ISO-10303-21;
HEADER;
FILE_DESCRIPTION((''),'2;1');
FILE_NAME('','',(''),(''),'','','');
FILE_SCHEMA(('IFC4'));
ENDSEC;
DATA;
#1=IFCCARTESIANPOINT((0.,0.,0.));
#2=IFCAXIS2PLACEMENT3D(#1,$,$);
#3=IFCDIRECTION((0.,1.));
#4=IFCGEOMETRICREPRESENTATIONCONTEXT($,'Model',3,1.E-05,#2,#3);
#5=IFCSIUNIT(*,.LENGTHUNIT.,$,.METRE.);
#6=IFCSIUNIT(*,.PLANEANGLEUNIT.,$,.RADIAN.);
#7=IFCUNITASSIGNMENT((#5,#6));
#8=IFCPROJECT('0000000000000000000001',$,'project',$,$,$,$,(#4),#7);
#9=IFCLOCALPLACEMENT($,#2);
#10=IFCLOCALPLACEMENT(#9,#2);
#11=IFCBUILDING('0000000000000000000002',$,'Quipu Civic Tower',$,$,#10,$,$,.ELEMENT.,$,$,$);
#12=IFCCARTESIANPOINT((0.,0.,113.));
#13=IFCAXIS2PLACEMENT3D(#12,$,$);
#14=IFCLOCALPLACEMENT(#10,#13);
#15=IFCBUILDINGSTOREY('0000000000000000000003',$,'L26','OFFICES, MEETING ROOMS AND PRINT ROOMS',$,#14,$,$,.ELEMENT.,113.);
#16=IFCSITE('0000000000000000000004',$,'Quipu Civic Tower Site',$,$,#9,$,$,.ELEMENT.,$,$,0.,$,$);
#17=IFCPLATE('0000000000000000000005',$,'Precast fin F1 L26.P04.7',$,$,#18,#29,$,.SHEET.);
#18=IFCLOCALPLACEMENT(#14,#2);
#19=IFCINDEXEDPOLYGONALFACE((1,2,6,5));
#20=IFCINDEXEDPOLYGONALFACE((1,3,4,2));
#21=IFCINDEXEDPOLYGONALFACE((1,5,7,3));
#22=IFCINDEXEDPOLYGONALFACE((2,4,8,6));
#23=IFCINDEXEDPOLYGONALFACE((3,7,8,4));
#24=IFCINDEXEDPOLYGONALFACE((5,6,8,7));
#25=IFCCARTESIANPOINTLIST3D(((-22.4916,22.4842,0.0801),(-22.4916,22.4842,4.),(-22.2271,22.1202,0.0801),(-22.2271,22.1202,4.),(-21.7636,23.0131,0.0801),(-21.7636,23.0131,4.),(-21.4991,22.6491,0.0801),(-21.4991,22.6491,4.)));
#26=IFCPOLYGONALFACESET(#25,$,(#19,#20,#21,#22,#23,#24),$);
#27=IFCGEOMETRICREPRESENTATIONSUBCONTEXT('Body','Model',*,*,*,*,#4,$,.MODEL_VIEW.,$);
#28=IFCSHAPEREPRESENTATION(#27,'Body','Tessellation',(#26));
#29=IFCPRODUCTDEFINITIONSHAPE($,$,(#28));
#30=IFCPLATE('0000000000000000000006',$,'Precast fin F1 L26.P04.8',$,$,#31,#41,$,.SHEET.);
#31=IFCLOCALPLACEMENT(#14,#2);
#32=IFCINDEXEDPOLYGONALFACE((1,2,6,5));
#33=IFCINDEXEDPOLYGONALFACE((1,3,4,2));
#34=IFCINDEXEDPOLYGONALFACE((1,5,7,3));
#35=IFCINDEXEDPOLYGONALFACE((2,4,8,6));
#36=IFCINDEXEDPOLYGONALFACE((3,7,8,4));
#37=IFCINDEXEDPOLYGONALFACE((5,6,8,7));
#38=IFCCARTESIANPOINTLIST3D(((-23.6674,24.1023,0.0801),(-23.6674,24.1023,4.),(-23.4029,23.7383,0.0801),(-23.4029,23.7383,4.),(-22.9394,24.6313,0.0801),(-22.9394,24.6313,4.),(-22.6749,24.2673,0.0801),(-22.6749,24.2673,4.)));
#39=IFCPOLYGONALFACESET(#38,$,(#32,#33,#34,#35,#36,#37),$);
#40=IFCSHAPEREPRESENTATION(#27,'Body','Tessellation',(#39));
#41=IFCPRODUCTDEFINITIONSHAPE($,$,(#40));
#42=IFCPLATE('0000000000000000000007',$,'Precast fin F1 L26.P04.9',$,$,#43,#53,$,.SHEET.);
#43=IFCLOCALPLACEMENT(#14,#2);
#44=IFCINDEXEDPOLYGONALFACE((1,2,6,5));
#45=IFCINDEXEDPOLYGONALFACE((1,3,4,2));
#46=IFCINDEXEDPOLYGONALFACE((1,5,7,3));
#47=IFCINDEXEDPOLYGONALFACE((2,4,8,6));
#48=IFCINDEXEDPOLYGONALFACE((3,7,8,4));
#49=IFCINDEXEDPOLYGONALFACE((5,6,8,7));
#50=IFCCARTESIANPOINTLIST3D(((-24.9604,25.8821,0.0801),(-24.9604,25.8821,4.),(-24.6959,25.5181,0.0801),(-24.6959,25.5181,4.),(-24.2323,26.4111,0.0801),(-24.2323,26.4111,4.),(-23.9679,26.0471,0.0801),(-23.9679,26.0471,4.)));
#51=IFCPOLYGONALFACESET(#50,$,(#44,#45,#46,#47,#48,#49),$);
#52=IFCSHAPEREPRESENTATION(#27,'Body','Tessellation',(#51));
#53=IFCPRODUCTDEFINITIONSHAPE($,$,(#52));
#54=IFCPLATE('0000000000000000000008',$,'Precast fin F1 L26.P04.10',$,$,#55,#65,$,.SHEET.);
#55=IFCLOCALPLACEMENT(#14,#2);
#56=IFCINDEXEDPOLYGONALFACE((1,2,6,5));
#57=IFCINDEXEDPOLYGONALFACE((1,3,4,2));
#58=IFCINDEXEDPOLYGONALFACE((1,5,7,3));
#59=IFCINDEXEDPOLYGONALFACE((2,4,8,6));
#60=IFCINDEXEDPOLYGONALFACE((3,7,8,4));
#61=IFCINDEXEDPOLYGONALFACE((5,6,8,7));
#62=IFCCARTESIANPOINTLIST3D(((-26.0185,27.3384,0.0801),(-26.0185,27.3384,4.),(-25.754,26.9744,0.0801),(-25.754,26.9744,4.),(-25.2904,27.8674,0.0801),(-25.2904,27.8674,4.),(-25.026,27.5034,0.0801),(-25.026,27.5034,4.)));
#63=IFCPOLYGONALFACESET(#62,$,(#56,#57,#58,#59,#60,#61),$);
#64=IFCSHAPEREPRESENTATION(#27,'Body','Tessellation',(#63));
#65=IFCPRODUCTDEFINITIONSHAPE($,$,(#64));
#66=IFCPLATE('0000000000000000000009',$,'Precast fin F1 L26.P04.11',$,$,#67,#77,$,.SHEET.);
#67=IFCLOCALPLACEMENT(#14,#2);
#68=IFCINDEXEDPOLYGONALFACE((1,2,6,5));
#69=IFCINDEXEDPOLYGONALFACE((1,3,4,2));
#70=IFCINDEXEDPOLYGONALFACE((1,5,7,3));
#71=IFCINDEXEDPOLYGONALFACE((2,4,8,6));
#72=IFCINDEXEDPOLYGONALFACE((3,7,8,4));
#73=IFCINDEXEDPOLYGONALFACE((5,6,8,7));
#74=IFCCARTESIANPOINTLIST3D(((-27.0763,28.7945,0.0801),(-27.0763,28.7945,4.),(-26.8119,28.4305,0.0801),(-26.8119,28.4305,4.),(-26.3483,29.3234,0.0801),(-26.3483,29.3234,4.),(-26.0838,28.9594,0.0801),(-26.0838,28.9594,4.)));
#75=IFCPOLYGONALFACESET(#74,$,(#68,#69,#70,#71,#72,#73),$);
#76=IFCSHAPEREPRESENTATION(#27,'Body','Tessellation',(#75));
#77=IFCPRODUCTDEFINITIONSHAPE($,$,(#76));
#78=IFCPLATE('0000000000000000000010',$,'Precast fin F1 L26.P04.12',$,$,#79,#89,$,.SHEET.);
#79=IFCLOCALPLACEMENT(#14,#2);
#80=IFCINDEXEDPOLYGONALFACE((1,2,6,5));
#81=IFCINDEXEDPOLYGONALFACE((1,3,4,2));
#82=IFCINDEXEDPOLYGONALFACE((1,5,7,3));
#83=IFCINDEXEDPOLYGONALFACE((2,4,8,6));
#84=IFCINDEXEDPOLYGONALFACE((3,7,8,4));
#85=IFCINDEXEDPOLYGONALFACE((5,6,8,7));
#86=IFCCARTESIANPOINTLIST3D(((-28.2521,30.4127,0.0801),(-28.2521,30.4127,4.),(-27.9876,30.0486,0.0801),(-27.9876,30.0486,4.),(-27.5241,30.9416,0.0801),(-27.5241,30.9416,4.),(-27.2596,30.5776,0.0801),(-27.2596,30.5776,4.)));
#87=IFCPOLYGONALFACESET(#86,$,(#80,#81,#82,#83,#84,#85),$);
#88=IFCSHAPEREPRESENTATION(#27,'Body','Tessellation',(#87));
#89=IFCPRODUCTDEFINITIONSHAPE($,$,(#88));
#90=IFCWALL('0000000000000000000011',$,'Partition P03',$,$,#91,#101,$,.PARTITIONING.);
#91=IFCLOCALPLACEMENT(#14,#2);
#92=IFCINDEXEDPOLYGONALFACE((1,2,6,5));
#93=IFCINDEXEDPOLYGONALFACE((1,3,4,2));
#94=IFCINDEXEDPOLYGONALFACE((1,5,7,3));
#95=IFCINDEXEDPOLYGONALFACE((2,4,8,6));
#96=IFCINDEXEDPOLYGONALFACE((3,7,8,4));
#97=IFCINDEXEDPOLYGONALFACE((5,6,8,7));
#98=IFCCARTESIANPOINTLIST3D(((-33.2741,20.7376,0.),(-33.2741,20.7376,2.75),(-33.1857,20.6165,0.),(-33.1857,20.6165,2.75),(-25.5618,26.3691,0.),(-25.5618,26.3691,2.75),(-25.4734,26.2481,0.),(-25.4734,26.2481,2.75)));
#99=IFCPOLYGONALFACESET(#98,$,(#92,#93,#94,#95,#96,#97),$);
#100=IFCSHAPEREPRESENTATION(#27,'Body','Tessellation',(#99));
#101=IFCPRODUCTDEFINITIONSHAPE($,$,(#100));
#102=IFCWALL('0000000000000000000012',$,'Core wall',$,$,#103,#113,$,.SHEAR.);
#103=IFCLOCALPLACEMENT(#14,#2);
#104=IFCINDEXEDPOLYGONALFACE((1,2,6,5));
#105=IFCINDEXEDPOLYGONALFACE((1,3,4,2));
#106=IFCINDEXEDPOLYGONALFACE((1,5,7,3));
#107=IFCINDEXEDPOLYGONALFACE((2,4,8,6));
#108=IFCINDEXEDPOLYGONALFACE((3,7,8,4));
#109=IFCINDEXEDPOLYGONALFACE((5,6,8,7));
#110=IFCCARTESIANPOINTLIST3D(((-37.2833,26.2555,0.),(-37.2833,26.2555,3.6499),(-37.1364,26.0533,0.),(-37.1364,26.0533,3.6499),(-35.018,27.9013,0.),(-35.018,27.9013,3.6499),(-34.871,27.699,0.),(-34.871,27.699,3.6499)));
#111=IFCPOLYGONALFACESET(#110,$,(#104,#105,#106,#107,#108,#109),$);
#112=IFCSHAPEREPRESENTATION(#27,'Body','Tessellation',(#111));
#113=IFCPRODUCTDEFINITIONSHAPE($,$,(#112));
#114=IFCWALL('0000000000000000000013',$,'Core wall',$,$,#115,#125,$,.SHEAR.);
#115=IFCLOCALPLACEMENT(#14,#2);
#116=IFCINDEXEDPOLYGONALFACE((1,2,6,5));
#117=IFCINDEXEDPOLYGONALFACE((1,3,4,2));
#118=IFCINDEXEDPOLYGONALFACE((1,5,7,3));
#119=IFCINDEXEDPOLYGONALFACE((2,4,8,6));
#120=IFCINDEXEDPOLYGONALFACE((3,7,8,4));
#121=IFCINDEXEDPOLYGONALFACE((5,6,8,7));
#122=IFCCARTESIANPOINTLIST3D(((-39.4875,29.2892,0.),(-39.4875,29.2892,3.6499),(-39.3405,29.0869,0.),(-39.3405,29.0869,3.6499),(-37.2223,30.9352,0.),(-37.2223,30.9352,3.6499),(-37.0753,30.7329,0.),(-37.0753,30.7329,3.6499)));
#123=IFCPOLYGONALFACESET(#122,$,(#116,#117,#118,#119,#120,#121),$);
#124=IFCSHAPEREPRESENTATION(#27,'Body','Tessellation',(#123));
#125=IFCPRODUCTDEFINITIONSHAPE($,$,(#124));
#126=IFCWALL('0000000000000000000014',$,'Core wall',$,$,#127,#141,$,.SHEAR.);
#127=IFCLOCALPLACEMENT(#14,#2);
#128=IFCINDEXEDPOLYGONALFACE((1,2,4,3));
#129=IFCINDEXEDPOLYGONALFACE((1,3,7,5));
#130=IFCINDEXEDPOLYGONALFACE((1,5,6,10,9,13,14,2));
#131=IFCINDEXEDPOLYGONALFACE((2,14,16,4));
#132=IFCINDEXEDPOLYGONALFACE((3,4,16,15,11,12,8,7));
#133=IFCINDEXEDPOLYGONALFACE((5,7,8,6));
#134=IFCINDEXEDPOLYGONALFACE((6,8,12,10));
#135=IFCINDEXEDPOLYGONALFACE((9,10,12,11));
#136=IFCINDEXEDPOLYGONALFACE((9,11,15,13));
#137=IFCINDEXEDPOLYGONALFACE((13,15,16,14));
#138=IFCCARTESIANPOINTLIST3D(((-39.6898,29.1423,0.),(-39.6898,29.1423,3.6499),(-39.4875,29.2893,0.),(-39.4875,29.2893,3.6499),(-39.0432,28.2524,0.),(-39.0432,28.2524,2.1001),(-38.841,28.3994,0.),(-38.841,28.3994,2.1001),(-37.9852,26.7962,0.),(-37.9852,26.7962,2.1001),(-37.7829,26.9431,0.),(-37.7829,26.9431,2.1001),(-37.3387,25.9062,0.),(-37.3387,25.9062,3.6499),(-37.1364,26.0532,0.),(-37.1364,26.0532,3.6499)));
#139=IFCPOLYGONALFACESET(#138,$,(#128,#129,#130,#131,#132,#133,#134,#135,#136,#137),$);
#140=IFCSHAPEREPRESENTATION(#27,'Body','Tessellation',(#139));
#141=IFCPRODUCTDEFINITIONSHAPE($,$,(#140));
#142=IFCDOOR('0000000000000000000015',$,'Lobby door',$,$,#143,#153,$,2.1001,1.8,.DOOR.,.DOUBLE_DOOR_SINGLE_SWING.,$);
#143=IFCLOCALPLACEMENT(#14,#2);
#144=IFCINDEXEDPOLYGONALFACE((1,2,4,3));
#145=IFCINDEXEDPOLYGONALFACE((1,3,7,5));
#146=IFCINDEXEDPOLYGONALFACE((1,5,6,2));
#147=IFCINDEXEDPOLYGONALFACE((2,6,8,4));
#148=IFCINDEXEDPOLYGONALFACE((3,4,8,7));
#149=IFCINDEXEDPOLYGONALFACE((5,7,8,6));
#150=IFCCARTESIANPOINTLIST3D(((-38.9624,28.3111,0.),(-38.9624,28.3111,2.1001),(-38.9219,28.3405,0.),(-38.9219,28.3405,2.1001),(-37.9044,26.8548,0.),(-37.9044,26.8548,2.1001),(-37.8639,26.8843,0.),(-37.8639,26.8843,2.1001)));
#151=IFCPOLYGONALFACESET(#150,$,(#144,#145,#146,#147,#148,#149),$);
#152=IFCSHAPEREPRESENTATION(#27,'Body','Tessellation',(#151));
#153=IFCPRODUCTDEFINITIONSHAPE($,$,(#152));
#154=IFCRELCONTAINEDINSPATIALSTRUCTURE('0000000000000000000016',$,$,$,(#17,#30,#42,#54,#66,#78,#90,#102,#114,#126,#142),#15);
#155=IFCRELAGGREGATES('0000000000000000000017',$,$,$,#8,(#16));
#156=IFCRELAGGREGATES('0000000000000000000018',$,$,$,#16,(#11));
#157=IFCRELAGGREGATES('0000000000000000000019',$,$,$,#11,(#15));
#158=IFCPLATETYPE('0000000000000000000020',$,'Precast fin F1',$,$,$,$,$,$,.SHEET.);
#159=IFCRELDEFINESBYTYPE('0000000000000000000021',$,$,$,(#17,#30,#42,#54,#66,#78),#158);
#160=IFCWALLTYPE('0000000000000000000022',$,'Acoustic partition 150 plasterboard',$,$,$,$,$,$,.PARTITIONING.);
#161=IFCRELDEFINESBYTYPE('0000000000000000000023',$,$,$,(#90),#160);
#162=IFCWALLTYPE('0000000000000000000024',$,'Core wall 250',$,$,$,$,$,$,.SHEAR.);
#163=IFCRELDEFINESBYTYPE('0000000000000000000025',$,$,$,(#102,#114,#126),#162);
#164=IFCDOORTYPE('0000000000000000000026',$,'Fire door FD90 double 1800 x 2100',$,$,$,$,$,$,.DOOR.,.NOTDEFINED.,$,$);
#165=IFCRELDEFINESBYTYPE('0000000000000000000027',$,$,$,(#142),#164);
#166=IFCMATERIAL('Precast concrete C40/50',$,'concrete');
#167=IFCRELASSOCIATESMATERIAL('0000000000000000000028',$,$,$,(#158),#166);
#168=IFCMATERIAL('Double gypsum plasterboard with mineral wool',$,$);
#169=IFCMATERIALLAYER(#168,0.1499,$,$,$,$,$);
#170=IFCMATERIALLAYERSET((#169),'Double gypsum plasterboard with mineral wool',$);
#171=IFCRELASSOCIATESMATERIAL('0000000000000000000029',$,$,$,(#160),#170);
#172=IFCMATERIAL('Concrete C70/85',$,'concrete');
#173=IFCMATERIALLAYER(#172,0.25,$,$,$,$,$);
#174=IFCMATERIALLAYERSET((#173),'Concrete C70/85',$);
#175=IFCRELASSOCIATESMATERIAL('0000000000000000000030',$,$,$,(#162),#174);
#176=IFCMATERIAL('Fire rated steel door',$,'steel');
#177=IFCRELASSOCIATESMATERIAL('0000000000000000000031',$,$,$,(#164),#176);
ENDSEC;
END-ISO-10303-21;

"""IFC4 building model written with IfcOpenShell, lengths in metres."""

from ifc_helpers import new_model, si_unit, direction, frame, frame_2d, origin, origin_2d, place, context, subcontext, project, spatial, rectangle, extrude, material, layer, layer_set, type_object, element, fill, save


model = new_model("IFC4")

# Units and contexts
model_context = context("Model", 3, precision=1e-05, world=origin(), true_north=direction((0.0, 1.0)))
body_context = subcontext(model_context, "Body", "Model", "MODEL_VIEW")
ifc_project = project(units=[si_unit("LENGTHUNIT", "METRE"), si_unit("PLANEANGLEUNIT", "RADIAN")], contexts=[model_context])

# Site, building, storey
site_placement = place(None, origin())
site = spatial("IfcSite", under=ifc_project, at=site_placement, Name="Quipu Civic Tower Site", CompositionType="ELEMENT", RefElevation=0.0)
building_placement = place(site_placement, origin())
building = spatial("IfcBuilding", under=site, at=building_placement, Name="Quipu Civic Tower", CompositionType="ELEMENT")
storey_placement = place(building_placement, frame((0.0, 0.0, 113.0)))
storey = spatial("IfcBuildingStorey", under=building, at=storey_placement, Name="L26", Description="OFFICES, MEETING ROOMS AND PRINT ROOMS", CompositionType="ELEMENT", Elevation=113.0)

# Plates
ifc_material_1 = material(Name="Precast concrete C40/50", Category="concrete")
plate_type_1 = type_object("IfcPlateType", Name="Precast fin F1", PredefinedType="SHEET", material=ifc_material_1)
for number, where, z_axis, x_axis, name in (
    (1, (-21.9954, 22.5667, 0.0801), (0.0, 0.0, 1.0), (-0.587785, 0.809017, 0.0), "Precast fin F1 L26.P04.7"),
    (2, (-23.1711, 24.1848, 0.0801), (0.0, 0.0, 1.0), (-0.587785, 0.809017, 0.0), "Precast fin F1 L26.P04.8"),
    (3, (-24.4641, 25.9646, 0.0801), (0.0, 0.0, 1.0), (-0.587785, 0.809017, 0.0), "Precast fin F1 L26.P04.9"),
    (4, (-25.5222, 27.4209, 0.0801), (0.0, 0.0, 1.0), (-0.587785, 0.809017, 0.0), "Precast fin F1 L26.P04.10"),
    (5, (-26.5801, 28.877, 0.0801), (0.0, 0.0, 1.0), (-0.587785, 0.809017, 0.0), "Precast fin F1 L26.P04.11"),
    (6, (-27.7559, 30.4951, 0.0801), (0.0, 0.0, 1.0), (-0.587785, 0.809017, 0.0), "Precast fin F1 L26.P04.12"),
):
    element("IfcPlate", number, at=place(storey_placement, frame(where, z_axis=z_axis, x_axis=x_axis)), inside=storey, type_object=plate_type_1, Name=name, PredefinedType="SHEET", context=body_context, shape_type="SweptSolid", body=[
        extrude(rectangle(XDim=0.45, YDim=0.8999, at=origin_2d()), origin(), (0.0, 0.0, 1.0), 3.9199),
    ])

# Walls
ifc_material_2 = material(Name="Double gypsum plasterboard with mineral wool")
ifc_layer_1 = layer(ifc_material_2, 0.1499)
ifc_layer_set_1 = layer_set([ifc_layer_1], Name="Double gypsum plasterboard with mineral wool")
wall_type_1 = type_object("IfcWallType", Name="Acoustic partition 150 plasterboard", PredefinedType="PARTITIONING", material=ifc_layer_set_1)
wall_1_placement = place(storey_placement, frame((-33.23, 20.677, 0.0), z_axis=(0.0, 0.0, 1.0), x_axis=(0.80761, 0.589717, 0.0)))
element("IfcWall", 7, at=wall_1_placement, inside=storey, type_object=wall_type_1, Name="Partition P03", PredefinedType="PARTITIONING", context=body_context, shape_type="SweptSolid", body=[
    extrude(rectangle(XDim=9.5496, YDim=0.1499, at=frame_2d((4.7749, 0.0))), origin(), (0.0, 0.0, 1.0), 2.75),
])
ifc_material_3 = material(Name="Concrete C70/85", Category="concrete")
ifc_layer_2 = layer(ifc_material_3, 0.25)
ifc_layer_set_2 = layer_set([ifc_layer_2], Name="Concrete C70/85")
wall_type_2 = type_object("IfcWallType", Name="Core wall 250", PredefinedType="SHEAR", material=ifc_layer_set_2)
for number, where, z_axis, x_axis, name in (
    (8, (-34.9446, 27.8, 0.0), (0.0, 0.0, 1.0), (-0.809041, -0.587752, 0.0), "Core wall"),
    (9, (-37.1489, 30.834, 0.0), (0.0, 0.0, 1.0), (-0.80897, -0.58785, 0.0), "Core wall"),
):
    element("IfcWall", number, at=place(storey_placement, frame(where, z_axis=z_axis, x_axis=x_axis)), inside=storey, type_object=wall_type_2, Name=name, PredefinedType="SHEAR", context=body_context, shape_type="SweptSolid", body=[
        extrude(rectangle(XDim=2.8, YDim=0.25, at=frame_2d((1.3999, 0.0))), origin(), (0.0, 0.0, 1.0), 3.6499),
    ])

# Wall, opening, door
wall_2_placement = place(storey_placement, frame((-39.5886, 29.2158, 0.0), z_axis=(0.0, 0.0, 1.0), x_axis=(0.587772, -0.809026, 0.0)))
wall_2 = element("IfcWall", 10, at=wall_2_placement, inside=storey, type_object=wall_type_2, Name="Core wall", PredefinedType="SHEAR", context=body_context, shape_type="SweptSolid", body=[
    extrude(rectangle(XDim=4.0, YDim=0.25, at=frame_2d((2.0, 0.0))), origin(), (0.0, 0.0, 1.0), 3.6499),
])
opening_1_placement = place(wall_2_placement, frame((1.1001, 0.0, 0.0)))
opening_1 = element("IfcOpeningElement", 11, at=opening_1_placement, cuts=wall_2, PredefinedType="OPENING", context=body_context, shape_type="SweptSolid", body=[
    extrude(rectangle(XDim=1.8, YDim=2.1001, at=frame_2d((0.8999, 1.05))), frame((0.0, 0.135, 0.0), z_axis=(0.0, -1.0, 0.0), x_axis=(1.0, 0.0, 0.0)), (0.0, 0.0, 1.0), 0.27),
])
ifc_material_4 = material(Name="Fire rated steel door", Category="steel")
door_type_1 = type_object("IfcDoorType", Name="Fire door FD90 double 1800 x 2100", OperationType="NOTDEFINED", PredefinedType="DOOR", material=ifc_material_4)
door_1_placement = place(opening_1_placement, origin())
door_1 = element("IfcDoor", 12, at=door_1_placement, inside=storey, type_object=door_type_1, Name="Lobby door", OperationType="DOUBLE_DOOR_SINGLE_SWING", OverallHeight=2.1001, OverallWidth=1.8, PredefinedType="DOOR", context=body_context, shape_type="SweptSolid", body=[
    extrude(rectangle(XDim=1.8, YDim=2.1001, at=frame_2d((0.8999, 1.05))), frame((0.0, 0.0249, 0.0), z_axis=(0.0, -1.0, 0.0), x_axis=(1.0, 0.0, 0.0)), (0.0, 0.0, 1.0), 0.05),
])
fill(opening_1, door_1)

save(model, "model.ifc")
